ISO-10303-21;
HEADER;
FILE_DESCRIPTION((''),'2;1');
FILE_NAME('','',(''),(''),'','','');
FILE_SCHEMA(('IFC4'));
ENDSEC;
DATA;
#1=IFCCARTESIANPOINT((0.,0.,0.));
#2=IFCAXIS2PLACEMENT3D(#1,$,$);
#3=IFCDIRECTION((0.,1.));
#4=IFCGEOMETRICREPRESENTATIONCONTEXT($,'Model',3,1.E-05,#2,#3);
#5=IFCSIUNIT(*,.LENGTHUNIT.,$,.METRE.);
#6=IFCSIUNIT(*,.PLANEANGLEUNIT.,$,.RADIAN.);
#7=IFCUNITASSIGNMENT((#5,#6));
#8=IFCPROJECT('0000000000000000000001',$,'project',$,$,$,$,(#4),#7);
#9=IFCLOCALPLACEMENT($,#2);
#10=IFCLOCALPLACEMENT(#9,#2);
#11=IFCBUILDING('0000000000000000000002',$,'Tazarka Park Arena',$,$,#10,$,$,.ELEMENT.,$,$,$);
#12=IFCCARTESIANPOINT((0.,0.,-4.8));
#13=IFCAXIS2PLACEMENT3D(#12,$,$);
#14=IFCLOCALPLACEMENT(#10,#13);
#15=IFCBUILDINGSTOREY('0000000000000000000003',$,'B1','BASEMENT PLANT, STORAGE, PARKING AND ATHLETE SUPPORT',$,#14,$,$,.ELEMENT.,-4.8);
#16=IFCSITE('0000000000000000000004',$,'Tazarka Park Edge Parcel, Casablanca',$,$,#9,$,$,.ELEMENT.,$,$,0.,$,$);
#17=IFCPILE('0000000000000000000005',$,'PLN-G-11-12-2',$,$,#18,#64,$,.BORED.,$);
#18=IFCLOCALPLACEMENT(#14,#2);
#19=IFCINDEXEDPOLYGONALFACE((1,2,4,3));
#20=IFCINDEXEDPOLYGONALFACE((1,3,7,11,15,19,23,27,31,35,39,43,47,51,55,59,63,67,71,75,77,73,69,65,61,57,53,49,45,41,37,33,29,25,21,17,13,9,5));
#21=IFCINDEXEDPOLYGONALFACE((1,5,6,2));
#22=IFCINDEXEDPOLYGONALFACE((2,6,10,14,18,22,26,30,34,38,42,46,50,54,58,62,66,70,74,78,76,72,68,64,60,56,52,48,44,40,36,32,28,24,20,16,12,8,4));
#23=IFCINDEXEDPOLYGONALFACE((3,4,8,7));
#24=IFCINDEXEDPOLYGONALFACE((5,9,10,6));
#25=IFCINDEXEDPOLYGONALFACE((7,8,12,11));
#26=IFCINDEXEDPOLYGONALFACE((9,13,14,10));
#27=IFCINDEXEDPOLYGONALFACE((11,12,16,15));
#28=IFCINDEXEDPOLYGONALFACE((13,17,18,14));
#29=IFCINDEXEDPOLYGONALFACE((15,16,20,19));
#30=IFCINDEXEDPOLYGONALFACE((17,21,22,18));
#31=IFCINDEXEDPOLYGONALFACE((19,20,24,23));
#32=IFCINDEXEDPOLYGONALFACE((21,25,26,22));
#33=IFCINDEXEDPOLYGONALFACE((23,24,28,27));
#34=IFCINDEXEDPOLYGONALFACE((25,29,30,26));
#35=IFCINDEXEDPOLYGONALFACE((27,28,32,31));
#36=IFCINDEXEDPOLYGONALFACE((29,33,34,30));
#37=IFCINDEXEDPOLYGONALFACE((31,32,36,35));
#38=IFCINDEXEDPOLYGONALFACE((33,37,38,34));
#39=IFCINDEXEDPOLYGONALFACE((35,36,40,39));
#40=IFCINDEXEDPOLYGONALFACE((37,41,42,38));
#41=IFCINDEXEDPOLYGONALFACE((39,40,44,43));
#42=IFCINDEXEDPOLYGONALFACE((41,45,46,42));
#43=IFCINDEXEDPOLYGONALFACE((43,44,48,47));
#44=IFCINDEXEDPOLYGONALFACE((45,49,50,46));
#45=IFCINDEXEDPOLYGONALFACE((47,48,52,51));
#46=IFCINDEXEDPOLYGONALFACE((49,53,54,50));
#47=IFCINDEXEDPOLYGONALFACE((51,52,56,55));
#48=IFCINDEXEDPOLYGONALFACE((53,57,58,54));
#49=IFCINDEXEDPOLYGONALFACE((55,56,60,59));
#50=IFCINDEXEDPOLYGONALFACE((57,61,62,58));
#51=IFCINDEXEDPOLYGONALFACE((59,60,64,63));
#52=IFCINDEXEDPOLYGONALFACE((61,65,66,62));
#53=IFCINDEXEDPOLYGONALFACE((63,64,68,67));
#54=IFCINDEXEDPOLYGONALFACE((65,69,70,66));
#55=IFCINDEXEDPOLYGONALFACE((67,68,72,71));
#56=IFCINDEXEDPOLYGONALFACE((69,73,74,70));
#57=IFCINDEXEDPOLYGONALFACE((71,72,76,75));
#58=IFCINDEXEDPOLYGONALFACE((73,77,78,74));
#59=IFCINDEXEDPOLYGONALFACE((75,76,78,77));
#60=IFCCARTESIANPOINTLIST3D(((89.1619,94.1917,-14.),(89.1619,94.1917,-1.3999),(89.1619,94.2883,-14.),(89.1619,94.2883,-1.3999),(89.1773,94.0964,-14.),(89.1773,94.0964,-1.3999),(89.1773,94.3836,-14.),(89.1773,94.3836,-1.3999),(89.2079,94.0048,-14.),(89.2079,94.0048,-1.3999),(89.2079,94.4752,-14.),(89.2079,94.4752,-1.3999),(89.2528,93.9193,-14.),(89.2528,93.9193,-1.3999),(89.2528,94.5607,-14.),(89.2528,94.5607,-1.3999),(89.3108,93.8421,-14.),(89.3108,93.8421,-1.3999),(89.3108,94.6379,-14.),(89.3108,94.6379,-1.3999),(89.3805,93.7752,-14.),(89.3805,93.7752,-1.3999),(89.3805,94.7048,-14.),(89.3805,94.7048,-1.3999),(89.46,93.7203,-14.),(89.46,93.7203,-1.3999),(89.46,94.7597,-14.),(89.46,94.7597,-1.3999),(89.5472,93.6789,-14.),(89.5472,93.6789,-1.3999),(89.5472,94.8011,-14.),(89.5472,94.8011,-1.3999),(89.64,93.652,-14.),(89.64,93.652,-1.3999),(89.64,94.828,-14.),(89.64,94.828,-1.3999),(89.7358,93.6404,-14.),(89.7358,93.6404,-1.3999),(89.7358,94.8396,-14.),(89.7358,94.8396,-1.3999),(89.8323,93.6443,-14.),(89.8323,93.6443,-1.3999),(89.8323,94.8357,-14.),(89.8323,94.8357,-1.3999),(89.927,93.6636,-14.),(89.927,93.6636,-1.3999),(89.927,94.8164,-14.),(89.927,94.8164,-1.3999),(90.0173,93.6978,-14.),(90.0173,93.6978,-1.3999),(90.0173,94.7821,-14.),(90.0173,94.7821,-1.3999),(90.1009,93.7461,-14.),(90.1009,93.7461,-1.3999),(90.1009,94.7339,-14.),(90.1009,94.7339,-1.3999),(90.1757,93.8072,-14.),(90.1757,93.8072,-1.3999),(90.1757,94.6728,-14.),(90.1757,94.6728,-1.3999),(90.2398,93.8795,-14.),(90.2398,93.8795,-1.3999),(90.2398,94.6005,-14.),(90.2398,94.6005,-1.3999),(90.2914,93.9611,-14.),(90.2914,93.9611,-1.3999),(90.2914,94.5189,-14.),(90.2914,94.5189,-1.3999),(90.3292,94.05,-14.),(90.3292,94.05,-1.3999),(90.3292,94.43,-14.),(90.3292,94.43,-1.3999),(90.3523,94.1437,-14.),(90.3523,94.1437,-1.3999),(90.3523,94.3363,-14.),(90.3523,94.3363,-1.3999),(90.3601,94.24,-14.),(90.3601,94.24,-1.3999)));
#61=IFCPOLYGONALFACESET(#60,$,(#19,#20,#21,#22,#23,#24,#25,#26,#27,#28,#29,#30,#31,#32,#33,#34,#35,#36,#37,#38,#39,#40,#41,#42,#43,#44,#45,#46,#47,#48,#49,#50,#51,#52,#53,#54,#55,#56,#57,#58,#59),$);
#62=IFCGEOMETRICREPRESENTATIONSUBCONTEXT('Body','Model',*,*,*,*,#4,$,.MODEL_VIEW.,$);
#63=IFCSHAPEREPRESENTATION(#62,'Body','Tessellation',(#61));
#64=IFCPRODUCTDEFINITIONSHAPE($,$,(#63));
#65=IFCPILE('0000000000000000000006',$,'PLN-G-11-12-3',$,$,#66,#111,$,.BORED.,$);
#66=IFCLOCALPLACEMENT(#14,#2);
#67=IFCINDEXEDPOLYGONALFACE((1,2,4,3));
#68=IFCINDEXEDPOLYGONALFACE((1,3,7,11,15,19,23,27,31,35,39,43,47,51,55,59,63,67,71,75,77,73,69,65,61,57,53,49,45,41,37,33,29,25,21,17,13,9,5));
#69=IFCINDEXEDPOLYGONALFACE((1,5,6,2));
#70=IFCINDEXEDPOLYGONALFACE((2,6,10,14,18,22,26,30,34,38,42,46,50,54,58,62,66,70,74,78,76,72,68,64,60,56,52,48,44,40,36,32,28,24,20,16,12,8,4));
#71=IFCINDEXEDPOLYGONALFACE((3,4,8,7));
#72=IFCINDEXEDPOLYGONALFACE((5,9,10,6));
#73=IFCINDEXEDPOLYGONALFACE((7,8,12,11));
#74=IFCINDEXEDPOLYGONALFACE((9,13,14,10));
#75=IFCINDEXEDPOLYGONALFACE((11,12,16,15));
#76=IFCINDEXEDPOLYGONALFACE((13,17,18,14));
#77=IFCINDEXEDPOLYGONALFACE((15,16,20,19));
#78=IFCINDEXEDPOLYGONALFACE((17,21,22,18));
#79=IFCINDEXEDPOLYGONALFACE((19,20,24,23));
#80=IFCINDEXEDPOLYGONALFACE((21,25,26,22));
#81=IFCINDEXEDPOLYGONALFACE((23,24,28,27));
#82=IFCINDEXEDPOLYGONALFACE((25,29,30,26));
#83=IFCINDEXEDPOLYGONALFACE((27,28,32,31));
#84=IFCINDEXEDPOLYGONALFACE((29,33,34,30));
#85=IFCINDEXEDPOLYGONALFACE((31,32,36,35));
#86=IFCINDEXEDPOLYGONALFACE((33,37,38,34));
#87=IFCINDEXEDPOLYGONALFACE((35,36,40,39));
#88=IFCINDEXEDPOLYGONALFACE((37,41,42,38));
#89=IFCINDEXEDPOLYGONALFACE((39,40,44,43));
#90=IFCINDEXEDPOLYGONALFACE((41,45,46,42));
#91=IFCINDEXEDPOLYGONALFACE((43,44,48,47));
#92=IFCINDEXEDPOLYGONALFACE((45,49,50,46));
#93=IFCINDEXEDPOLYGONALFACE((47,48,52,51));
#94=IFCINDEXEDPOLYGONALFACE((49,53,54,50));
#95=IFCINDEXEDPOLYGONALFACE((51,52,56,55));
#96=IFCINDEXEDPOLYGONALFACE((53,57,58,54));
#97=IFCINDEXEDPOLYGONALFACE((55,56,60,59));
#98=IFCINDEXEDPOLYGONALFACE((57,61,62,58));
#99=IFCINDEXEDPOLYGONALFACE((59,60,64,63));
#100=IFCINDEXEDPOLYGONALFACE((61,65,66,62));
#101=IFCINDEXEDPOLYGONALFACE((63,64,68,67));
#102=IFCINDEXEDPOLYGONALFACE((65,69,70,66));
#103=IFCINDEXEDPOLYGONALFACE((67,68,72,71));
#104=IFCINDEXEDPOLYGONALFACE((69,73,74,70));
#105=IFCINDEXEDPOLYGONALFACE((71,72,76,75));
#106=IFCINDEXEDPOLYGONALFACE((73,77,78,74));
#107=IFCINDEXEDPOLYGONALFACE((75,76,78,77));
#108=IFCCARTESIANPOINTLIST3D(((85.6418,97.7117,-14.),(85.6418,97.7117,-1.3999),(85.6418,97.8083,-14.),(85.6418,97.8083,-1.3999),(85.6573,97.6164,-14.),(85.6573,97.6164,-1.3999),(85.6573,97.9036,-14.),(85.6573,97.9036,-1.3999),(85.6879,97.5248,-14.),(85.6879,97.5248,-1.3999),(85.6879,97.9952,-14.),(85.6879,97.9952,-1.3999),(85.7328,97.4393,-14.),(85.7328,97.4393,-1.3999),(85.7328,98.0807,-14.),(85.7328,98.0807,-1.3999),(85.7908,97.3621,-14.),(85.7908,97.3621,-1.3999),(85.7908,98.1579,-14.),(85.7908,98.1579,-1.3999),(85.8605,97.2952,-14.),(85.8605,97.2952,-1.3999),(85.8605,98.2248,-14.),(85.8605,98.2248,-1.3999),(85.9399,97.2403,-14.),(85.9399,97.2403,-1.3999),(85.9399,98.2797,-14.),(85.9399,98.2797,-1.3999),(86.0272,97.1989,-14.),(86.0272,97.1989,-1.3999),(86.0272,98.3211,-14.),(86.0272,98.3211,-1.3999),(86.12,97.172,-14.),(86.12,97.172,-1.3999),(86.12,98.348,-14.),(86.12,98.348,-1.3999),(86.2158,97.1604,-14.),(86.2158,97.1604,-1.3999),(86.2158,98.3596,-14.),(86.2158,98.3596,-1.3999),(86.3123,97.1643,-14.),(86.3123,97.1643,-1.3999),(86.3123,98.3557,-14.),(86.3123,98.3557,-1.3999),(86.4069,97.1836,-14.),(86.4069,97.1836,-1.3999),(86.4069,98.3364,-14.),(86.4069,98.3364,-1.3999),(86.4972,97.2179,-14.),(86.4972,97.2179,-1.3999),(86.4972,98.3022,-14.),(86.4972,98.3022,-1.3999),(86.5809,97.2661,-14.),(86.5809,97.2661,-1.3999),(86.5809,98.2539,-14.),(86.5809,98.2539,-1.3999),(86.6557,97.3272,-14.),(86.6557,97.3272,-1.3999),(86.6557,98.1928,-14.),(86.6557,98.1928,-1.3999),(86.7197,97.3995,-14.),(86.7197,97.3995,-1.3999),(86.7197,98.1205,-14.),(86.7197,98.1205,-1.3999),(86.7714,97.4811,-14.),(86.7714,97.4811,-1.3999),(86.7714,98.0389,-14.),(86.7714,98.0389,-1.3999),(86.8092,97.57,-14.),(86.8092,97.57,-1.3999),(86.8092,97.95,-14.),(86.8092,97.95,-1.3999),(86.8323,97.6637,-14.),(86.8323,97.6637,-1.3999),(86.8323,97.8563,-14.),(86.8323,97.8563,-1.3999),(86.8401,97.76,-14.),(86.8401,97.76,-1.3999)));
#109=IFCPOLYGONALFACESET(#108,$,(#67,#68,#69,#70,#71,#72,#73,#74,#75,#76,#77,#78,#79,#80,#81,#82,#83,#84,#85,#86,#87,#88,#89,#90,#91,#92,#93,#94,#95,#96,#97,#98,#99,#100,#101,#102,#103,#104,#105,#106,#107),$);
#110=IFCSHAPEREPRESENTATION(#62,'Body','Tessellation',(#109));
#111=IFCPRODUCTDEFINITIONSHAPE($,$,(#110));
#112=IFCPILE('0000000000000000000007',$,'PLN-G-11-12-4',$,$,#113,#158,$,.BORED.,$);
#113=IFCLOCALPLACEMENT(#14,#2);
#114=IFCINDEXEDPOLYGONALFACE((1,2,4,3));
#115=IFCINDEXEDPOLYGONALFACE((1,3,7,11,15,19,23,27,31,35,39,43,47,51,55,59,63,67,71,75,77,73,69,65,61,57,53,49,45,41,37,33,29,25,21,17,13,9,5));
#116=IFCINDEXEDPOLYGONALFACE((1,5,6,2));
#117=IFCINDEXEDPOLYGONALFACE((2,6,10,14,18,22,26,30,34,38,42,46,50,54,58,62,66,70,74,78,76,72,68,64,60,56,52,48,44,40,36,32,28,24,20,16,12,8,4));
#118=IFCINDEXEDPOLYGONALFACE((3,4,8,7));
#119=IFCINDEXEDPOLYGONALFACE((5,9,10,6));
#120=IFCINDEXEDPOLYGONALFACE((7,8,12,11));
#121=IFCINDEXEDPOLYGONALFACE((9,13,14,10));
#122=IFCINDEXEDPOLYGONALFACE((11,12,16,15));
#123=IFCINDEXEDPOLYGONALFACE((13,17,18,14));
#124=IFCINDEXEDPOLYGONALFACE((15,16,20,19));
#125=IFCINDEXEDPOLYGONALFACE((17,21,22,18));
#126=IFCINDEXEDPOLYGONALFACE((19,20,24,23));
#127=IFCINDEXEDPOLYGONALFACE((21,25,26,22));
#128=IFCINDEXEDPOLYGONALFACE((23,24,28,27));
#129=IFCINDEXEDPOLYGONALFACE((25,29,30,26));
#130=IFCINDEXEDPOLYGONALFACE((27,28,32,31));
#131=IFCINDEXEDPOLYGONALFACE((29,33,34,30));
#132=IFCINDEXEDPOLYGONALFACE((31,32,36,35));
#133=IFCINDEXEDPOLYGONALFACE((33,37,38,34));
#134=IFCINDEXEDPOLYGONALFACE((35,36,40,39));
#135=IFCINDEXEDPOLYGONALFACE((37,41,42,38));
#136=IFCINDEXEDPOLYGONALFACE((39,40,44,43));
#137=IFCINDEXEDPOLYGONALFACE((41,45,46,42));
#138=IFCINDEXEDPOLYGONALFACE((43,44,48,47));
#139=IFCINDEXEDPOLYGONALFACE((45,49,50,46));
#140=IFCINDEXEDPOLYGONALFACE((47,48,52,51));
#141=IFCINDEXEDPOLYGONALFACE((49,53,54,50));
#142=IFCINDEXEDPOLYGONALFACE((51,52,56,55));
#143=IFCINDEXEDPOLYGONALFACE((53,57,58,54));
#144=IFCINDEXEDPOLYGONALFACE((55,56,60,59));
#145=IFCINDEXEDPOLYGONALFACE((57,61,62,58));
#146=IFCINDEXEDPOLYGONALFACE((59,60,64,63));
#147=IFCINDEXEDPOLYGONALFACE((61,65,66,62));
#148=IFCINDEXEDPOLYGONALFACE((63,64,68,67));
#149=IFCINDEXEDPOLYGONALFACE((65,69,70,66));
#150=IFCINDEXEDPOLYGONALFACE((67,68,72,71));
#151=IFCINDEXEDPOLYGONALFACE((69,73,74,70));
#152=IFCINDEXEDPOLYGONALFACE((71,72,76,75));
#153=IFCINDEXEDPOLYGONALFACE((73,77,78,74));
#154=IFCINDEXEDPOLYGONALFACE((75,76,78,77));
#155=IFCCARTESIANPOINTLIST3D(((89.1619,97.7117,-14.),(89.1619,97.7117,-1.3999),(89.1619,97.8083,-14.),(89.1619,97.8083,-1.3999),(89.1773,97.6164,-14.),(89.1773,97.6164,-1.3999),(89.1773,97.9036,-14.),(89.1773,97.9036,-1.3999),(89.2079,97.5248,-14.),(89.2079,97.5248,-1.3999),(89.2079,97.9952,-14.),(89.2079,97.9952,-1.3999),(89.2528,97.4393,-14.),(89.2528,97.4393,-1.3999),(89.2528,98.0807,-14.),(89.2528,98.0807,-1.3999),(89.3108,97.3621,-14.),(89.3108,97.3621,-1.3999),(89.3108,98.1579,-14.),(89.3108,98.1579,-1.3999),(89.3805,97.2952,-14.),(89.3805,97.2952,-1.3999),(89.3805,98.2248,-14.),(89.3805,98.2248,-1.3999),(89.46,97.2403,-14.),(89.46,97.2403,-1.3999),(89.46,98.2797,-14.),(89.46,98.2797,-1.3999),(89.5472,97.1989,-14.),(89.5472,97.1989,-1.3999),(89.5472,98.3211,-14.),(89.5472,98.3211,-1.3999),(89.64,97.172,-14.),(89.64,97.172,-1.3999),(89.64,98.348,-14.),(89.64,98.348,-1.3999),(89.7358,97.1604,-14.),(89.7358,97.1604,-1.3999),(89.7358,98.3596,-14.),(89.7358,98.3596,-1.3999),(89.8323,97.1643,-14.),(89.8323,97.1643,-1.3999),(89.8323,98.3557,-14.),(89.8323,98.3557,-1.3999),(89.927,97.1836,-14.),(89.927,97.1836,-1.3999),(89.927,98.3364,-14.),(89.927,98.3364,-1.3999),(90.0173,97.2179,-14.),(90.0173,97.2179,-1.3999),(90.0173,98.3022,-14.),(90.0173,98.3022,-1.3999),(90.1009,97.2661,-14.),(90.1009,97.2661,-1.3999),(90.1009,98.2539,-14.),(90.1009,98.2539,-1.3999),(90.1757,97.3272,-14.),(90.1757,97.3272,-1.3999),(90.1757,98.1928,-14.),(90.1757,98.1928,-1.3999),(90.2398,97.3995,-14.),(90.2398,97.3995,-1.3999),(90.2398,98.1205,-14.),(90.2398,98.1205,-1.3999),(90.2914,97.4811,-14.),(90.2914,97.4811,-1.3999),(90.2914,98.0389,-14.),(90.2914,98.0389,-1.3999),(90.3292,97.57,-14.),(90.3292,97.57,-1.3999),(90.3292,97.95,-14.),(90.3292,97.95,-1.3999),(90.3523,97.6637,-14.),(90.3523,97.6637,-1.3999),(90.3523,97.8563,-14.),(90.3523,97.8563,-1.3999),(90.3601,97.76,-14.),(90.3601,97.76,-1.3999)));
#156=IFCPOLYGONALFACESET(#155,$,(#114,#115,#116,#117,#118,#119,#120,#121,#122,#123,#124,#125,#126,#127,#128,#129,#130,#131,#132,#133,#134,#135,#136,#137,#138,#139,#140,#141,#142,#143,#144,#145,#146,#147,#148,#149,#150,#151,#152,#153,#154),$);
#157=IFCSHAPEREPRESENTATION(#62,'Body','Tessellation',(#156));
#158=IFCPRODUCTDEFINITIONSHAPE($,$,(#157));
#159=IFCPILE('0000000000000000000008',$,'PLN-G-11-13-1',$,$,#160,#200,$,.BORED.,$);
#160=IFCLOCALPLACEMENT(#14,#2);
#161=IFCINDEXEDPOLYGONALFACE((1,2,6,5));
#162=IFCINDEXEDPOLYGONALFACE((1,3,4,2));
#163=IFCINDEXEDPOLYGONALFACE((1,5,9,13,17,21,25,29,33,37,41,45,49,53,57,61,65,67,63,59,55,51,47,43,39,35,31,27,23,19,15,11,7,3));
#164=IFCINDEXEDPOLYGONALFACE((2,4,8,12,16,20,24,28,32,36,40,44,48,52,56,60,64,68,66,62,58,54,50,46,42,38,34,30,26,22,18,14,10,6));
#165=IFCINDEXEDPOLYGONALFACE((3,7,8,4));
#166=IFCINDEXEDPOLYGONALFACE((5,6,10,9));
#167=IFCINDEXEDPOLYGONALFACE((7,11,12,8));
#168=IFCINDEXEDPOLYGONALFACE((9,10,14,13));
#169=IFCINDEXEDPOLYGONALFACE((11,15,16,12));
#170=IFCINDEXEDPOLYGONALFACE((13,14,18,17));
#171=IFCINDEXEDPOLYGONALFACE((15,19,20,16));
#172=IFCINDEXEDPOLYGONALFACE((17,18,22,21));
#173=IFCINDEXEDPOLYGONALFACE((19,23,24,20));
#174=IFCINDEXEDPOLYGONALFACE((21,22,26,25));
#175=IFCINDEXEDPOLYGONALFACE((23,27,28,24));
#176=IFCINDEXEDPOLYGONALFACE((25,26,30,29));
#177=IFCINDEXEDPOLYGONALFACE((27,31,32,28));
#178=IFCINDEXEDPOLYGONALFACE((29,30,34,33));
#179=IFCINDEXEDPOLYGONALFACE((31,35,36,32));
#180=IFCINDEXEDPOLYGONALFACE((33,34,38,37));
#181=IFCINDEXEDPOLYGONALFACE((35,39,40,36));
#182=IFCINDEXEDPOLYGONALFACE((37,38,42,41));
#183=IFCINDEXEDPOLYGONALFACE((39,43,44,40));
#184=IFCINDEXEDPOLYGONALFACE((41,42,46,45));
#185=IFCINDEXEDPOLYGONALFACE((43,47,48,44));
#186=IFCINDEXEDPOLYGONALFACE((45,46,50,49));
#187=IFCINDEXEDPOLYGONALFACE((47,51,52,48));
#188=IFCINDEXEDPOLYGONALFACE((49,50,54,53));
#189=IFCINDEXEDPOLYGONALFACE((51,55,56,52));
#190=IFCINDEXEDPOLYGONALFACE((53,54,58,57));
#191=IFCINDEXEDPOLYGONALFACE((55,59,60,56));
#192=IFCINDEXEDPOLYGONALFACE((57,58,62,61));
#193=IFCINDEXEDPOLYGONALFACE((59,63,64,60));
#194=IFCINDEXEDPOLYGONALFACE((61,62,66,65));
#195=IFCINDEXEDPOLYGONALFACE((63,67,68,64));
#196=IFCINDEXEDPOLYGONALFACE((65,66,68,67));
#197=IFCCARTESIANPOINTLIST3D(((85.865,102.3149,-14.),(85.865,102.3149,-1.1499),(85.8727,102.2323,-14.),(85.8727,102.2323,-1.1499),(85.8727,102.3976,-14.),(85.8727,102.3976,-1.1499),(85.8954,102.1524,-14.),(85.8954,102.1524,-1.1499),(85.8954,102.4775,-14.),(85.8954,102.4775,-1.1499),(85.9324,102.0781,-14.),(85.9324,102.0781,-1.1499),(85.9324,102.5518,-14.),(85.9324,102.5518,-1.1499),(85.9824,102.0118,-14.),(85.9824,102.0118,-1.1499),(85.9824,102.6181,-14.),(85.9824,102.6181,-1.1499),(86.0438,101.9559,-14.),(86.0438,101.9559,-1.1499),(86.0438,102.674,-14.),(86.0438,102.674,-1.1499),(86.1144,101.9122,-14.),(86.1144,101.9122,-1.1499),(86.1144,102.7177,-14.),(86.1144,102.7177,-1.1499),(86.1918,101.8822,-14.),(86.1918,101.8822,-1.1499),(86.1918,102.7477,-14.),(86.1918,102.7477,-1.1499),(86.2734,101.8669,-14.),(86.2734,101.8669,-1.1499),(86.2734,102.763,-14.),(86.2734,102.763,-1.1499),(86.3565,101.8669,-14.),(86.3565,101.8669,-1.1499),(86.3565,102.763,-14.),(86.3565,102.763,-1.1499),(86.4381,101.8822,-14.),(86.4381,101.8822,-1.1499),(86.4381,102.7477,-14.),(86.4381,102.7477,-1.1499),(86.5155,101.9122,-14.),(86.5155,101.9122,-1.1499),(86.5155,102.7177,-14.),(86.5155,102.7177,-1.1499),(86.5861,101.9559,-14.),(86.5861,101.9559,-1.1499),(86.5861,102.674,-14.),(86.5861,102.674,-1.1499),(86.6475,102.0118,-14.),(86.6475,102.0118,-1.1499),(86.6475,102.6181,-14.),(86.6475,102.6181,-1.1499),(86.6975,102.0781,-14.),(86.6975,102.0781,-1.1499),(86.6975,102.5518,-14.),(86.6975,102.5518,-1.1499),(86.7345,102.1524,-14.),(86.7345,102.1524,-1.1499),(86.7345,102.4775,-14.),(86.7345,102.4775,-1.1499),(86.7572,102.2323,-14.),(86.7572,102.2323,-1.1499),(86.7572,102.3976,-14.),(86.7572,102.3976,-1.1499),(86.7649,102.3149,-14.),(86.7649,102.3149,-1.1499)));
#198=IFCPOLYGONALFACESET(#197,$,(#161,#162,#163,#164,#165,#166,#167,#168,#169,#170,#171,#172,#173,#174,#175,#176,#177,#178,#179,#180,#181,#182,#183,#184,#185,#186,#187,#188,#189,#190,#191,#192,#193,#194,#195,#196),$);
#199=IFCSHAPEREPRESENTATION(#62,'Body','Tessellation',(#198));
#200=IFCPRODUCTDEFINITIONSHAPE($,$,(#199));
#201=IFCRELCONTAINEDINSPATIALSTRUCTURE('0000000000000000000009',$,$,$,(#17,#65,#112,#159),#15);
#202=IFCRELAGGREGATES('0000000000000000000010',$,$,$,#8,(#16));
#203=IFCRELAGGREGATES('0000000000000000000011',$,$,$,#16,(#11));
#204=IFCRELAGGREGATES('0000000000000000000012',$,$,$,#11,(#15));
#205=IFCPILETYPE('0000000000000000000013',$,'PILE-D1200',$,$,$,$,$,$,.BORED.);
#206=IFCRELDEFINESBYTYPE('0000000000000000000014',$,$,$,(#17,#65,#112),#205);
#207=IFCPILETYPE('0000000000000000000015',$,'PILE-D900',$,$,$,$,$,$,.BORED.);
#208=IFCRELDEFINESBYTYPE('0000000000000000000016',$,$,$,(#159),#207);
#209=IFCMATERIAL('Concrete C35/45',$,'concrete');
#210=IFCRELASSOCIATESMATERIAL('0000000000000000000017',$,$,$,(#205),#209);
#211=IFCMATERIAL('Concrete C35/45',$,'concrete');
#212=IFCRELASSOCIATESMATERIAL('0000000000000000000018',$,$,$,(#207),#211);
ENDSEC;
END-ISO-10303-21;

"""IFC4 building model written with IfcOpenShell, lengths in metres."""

from ifc_helpers import new_model, si_unit, direction, frame, origin, origin_2d, place, context, subcontext, project, spatial, circle, extrude, material, material_profile, profile_set, type_object, element, save


model = new_model("IFC4")

# Units and contexts
model_context = context("Model", 3, precision=1e-05, world=origin(), true_north=direction((0.0, 1.0)))
body_context = subcontext(model_context, "Body", "Model", "MODEL_VIEW")
ifc_project = project(units=[si_unit("LENGTHUNIT", "METRE"), si_unit("PLANEANGLEUNIT", "RADIAN")], contexts=[model_context])

# Site, building, storey
site_placement = place(None, origin())
site = spatial("IfcSite", under=ifc_project, at=site_placement, Name="Tazarka Park Edge Parcel, Casablanca", CompositionType="ELEMENT", RefElevation=0.0)
building_placement = place(site_placement, origin())
building = spatial("IfcBuilding", under=site, at=building_placement, Name="Tazarka Park Arena", CompositionType="ELEMENT")
storey_placement = place(building_placement, frame((0.0, 0.0, -4.8)))
storey = spatial("IfcBuildingStorey", under=building, at=storey_placement, Name="B1", Description="BASEMENT PLANT, STORAGE, PARKING AND ATHLETE SUPPORT", CompositionType="ELEMENT", Elevation=-4.8)

# Piles
ifc_material_1 = material(Name="Concrete C35/45", Category="concrete")
ifc_material_profile_1 = material_profile(ifc_material_1, circle(Radius=0.6001, at=origin_2d()), Name="Concrete C35/45")
ifc_profile_set_1 = profile_set([ifc_material_profile_1], Name="Concrete C35/45")
pile_type_1 = type_object("IfcPileType", Name="PILE-D1200", PredefinedType="BORED", material=ifc_profile_set_1)
for number, where, z_axis, x_axis, name in (
    (1, (89.76, 94.24, -1.3999), (0.0, 0.0, -1.0), (1.0, 0.0, 0.0), "PLN-G-11-12-2"),
    (2, (86.24, 97.76, -1.3999), (0.0, 0.0, -1.0), (1.0, 0.0, 0.0), "PLN-G-11-12-3"),
    (3, (89.76, 97.76, -1.3999), (0.0, 0.0, -1.0), (1.0, 0.0, 0.0), "PLN-G-11-12-4"),
):
    element("IfcPile", number, at=place(storey_placement, frame(where, z_axis=z_axis, x_axis=x_axis)), inside=storey, type_object=pile_type_1, Name=name, PredefinedType="BORED", context=body_context, shape_type="SweptSolid", body=[
        extrude(circle(Radius=0.6001, at=origin_2d()), origin(), (0.0, 0.0, 1.0), 12.6001),
    ])
ifc_material_2 = material(Name="Concrete C35/45", Category="concrete")
ifc_material_profile_2 = material_profile(ifc_material_2, circle(Radius=0.45, at=origin_2d()), Name="Concrete C35/45")
ifc_profile_set_2 = profile_set([ifc_material_profile_2], Name="Concrete C35/45")
pile_type_2 = type_object("IfcPileType", Name="PILE-D900", PredefinedType="BORED", material=ifc_profile_set_2)
for number, where, z_axis, x_axis, name in (
    (4, (86.3149, 102.3149, -1.1499), (0.0, 0.0, -1.0), (1.0, 0.0, 0.0), "PLN-G-11-13-1"),
):
    element("IfcPile", number, at=place(storey_placement, frame(where, z_axis=z_axis, x_axis=x_axis)), inside=storey, type_object=pile_type_2, Name=name, PredefinedType="BORED", context=body_context, shape_type="SweptSolid", body=[
        extrude(circle(Radius=0.45, at=origin_2d()), origin(), (0.0, 0.0, 1.0), 12.8501),
    ])

save(model, "model.ifc")
